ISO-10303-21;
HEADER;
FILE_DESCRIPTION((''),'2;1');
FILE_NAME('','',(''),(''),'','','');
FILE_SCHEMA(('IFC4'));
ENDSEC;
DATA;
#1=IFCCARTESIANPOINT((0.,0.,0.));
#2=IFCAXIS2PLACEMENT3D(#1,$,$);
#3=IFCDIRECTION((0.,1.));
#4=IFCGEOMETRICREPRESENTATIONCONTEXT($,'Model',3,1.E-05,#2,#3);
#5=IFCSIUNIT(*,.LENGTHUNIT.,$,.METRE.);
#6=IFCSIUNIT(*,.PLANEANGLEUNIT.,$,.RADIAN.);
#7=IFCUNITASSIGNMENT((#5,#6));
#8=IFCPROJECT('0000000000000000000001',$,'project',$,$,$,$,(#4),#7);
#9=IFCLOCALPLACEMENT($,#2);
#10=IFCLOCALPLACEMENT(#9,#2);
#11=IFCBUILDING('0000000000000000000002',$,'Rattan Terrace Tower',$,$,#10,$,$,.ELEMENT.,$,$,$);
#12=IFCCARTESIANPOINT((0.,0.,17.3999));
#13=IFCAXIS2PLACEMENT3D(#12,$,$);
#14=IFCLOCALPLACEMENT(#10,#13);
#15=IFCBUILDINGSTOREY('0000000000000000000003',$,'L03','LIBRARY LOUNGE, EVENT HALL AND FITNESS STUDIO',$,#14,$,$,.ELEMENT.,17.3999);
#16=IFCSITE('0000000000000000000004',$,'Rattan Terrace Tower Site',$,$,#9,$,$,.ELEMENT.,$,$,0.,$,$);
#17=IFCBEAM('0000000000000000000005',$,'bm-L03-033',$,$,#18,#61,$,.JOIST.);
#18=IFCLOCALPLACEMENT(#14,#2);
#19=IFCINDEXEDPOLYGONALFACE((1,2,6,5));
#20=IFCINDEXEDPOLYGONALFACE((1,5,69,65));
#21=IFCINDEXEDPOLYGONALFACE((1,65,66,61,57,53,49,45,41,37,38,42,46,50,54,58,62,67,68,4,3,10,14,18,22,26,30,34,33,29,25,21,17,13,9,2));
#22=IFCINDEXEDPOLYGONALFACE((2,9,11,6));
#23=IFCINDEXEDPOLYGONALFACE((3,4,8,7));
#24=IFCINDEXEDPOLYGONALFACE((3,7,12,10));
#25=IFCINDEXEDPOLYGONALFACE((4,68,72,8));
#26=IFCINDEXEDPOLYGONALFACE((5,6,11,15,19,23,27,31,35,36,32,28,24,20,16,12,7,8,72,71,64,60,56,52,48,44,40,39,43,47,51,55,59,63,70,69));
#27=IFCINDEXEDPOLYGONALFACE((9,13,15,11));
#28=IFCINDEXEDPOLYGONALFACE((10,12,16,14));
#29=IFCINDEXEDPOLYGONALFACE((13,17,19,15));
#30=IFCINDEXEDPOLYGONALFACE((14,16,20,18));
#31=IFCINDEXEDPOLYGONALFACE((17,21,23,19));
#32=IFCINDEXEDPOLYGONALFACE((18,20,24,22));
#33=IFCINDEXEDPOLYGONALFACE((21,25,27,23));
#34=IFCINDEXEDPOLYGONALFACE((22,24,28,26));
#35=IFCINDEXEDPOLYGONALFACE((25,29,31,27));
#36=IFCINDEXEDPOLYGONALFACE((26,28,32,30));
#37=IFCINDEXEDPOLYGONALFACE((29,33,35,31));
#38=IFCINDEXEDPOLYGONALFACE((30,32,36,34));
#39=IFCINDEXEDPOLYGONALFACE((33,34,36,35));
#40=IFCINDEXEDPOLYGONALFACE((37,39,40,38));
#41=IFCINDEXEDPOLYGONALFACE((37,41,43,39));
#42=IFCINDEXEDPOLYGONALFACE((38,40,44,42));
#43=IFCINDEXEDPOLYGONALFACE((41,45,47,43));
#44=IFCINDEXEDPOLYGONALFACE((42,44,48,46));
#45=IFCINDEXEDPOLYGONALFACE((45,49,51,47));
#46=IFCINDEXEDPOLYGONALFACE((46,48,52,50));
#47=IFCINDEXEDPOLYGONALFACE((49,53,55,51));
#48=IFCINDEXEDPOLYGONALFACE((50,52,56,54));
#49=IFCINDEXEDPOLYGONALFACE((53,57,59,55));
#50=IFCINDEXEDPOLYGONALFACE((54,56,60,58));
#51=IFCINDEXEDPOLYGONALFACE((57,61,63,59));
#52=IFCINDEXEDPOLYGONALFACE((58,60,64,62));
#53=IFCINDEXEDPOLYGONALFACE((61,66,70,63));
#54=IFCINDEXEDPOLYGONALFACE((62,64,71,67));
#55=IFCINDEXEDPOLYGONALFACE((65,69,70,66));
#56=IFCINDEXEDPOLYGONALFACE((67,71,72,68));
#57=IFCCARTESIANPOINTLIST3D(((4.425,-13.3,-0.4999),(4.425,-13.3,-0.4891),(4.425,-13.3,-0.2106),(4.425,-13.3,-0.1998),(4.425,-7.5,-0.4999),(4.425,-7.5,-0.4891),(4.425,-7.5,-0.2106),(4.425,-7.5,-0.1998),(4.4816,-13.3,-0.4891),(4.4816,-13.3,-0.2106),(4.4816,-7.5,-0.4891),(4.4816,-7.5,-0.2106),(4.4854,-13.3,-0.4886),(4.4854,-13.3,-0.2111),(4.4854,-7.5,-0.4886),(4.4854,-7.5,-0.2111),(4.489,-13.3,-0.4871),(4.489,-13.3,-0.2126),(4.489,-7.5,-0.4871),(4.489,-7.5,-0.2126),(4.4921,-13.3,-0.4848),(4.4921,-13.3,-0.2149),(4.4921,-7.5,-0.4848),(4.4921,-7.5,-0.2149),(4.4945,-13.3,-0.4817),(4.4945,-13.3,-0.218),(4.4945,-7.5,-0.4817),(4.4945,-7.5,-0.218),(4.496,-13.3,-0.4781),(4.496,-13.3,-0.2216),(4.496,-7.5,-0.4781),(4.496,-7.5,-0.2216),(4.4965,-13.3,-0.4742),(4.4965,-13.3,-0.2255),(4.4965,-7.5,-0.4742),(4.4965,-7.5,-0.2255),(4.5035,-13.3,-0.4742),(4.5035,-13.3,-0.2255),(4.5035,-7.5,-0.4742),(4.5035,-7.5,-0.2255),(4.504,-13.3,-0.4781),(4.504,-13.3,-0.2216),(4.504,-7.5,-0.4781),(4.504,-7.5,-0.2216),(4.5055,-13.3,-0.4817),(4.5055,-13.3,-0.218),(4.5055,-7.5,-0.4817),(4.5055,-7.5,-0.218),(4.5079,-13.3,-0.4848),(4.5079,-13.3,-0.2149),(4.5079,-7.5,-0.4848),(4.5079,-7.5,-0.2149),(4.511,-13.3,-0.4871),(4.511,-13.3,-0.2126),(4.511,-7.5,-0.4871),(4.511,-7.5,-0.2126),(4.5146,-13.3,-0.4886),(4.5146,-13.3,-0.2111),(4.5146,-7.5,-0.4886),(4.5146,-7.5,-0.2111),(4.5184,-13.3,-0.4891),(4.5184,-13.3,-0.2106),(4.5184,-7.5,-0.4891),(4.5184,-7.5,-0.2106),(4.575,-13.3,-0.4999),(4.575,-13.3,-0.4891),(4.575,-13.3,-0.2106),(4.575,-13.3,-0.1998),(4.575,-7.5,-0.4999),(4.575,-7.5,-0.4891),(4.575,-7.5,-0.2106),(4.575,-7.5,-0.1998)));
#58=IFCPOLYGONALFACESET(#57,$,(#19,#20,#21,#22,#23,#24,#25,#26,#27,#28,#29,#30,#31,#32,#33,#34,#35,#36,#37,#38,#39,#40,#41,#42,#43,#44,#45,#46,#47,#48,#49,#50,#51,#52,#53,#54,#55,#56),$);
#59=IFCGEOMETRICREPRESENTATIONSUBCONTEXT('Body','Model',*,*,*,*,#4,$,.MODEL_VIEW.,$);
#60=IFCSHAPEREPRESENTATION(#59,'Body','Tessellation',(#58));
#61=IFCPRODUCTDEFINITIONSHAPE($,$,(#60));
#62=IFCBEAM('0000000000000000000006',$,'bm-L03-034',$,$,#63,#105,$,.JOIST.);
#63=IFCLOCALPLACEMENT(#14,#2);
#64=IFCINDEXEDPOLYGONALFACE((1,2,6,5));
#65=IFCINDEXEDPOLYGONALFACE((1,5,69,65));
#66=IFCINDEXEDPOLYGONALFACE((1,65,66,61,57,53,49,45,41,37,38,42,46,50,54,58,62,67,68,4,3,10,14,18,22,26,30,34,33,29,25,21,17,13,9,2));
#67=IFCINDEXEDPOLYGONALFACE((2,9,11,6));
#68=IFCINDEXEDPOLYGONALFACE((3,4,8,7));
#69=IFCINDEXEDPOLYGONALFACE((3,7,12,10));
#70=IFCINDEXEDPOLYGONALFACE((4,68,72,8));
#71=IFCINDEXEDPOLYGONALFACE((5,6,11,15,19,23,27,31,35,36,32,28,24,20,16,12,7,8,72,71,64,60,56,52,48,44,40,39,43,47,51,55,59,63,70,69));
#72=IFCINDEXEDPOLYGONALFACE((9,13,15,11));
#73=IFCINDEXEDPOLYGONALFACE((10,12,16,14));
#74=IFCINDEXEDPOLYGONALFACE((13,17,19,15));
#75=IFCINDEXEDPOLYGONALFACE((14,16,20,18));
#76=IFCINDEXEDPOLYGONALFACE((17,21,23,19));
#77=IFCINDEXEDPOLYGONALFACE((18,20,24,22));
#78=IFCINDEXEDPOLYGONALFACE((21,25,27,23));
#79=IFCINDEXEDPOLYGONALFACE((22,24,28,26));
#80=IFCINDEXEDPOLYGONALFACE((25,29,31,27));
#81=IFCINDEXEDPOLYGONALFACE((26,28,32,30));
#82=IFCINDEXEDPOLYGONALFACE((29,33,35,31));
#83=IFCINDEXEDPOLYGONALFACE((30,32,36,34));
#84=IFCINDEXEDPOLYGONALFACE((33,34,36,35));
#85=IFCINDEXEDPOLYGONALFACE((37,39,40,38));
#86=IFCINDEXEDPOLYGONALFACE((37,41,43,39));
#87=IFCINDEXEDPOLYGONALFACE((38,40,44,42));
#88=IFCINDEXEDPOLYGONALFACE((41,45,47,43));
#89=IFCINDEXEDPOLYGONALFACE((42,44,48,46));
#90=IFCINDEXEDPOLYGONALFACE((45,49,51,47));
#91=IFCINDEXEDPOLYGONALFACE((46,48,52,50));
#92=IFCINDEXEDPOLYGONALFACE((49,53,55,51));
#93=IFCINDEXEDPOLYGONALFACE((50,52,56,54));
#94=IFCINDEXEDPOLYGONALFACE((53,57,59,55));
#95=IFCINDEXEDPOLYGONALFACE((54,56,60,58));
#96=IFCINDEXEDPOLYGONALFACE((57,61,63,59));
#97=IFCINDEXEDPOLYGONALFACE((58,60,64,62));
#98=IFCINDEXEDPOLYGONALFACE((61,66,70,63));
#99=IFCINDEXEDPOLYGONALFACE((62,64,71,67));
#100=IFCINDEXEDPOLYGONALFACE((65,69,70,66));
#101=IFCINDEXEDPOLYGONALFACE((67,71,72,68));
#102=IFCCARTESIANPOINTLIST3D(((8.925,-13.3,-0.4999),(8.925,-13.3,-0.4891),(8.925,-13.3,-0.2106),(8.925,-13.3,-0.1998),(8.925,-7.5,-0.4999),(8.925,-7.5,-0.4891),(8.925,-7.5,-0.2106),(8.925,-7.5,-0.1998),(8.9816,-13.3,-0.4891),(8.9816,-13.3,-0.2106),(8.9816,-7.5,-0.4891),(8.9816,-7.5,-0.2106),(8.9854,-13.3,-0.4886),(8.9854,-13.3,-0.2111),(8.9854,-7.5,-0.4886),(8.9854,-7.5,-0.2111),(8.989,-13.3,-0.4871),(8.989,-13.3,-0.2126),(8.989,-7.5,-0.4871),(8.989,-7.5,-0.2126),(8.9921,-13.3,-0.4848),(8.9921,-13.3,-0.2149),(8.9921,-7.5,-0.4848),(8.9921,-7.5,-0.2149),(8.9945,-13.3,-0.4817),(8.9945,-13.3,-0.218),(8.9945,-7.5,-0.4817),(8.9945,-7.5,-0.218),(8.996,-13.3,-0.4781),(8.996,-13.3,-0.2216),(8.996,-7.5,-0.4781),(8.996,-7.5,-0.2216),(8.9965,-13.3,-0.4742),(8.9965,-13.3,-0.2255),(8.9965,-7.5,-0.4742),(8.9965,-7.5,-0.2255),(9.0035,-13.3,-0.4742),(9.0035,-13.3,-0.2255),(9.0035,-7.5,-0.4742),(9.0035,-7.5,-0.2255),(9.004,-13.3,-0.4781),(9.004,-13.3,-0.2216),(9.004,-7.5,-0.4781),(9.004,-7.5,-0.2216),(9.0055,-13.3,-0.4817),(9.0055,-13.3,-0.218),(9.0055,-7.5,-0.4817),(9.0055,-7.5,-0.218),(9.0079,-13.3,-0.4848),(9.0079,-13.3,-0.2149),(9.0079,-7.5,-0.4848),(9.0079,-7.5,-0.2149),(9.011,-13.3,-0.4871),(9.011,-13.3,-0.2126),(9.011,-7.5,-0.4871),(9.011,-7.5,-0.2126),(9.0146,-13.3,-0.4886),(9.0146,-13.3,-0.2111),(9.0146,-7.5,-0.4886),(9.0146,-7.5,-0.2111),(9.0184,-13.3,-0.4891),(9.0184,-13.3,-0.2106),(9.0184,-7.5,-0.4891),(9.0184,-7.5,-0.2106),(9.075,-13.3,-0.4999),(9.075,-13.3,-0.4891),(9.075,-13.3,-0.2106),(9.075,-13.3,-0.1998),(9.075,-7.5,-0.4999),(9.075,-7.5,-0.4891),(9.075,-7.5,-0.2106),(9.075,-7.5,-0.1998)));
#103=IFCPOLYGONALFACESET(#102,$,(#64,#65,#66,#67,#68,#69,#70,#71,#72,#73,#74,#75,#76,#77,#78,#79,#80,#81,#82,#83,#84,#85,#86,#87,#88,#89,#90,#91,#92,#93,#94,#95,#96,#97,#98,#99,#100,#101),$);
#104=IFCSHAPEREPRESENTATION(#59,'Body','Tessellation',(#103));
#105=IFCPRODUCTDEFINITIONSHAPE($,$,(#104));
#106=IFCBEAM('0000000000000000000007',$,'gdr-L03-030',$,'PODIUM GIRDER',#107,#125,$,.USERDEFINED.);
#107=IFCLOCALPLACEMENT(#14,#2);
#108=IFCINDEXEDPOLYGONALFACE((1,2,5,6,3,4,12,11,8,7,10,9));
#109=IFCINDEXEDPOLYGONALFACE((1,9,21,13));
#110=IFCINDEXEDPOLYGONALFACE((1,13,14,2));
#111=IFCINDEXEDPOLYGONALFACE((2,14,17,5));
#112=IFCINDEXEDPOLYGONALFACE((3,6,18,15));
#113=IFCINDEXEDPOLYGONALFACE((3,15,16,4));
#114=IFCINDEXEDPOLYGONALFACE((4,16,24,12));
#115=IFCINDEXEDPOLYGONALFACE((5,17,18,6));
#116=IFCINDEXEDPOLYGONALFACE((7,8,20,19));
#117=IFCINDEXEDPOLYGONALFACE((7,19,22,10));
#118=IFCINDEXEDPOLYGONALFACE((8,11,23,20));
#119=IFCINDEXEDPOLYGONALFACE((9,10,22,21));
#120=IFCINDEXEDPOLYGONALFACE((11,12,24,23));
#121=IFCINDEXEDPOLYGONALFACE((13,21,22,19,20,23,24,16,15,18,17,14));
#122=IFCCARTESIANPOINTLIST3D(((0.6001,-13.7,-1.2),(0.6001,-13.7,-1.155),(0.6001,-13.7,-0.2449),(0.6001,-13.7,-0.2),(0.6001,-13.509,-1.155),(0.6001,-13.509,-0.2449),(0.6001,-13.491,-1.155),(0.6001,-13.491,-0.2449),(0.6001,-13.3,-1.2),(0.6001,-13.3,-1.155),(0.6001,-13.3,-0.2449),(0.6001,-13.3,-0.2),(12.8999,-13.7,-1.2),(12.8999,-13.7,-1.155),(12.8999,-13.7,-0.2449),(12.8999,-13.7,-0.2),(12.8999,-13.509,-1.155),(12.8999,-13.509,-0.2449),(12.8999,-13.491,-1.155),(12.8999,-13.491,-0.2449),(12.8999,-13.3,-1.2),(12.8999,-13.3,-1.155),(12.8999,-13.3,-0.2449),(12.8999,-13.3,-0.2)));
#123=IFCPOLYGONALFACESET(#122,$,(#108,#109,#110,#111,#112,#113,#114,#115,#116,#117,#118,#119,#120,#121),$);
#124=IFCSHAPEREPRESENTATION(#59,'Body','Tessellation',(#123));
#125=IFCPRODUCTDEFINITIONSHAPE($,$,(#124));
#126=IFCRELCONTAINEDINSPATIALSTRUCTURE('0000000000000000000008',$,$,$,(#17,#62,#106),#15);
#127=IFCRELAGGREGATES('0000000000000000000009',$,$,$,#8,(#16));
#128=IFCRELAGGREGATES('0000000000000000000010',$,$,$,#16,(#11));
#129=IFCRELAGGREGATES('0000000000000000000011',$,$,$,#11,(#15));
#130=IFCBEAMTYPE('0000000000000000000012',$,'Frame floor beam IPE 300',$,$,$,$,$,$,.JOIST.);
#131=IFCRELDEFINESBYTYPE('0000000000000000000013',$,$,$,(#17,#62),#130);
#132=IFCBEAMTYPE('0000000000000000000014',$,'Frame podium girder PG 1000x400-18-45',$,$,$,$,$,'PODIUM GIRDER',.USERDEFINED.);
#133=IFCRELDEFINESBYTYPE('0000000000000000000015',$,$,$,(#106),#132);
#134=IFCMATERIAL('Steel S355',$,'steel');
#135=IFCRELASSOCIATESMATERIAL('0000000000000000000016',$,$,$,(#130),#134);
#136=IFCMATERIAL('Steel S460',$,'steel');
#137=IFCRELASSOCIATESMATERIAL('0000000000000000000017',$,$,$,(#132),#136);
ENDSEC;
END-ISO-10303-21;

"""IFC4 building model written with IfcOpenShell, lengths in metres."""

from ifc_helpers import new_model, si_unit, direction, frame, origin, origin_2d, place, context, subcontext, project, spatial, i_section, extrude, material, material_profile, profile_set, type_object, element, save


model = new_model("IFC4")

# Units and contexts
model_context = context("Model", 3, precision=1e-05, world=origin(), true_north=direction((0.0, 1.0)))
body_context = subcontext(model_context, "Body", "Model", "MODEL_VIEW")
ifc_project = project(units=[si_unit("LENGTHUNIT", "METRE"), si_unit("PLANEANGLEUNIT", "RADIAN")], contexts=[model_context])

# Site, building, storey
site_placement = place(None, origin())
site = spatial("IfcSite", under=ifc_project, at=site_placement, Name="Rattan Terrace Tower Site", CompositionType="ELEMENT", RefElevation=0.0)
building_placement = place(site_placement, origin())
building = spatial("IfcBuilding", under=site, at=building_placement, Name="Rattan Terrace Tower", CompositionType="ELEMENT")
storey_placement = place(building_placement, frame((0.0, 0.0, 17.3999)))
storey = spatial("IfcBuildingStorey", under=building, at=storey_placement, Name="L03", Description="LIBRARY LOUNGE, EVENT HALL AND FITNESS STUDIO", CompositionType="ELEMENT", Elevation=17.3999)

# Beams
ifc_material_1 = material(Name="Steel S355", Category="steel")
ifc_material_profile_1 = material_profile(ifc_material_1, i_section(OverallWidth=0.1499, OverallDepth=0.3, WebThickness=0.0071, FlangeThickness=0.0107, FilletRadius=0.0149, at=origin_2d()), Name="IPE 300")
ifc_profile_set_1 = profile_set([ifc_material_profile_1], Name="Steel S355")
beam_type_1 = type_object("IfcBeamType", Name="Frame floor beam IPE 300", PredefinedType="JOIST", material=ifc_profile_set_1)
for number, where, z_axis, x_axis, name in (
    (1, (4.5, -13.3, -0.3499), (0.0, 1.0, 0.0), (-1.0, 0.0, 0.0), "bm-L03-033"),
    (2, (9.0, -13.3, -0.3499), (0.0, 1.0, 0.0), (-1.0, 0.0, 0.0), "bm-L03-034"),
):
    element("IfcBeam", number, at=place(storey_placement, frame(where, z_axis=z_axis, x_axis=x_axis)), inside=storey, type_object=beam_type_1, Name=name, PredefinedType="JOIST", context=body_context, shape_type="SweptSolid", body=[
        extrude(i_section(OverallWidth=0.1499, OverallDepth=0.3, WebThickness=0.0071, FlangeThickness=0.0107, FilletRadius=0.0149, at=origin_2d()), origin(), (0.0, 0.0, 1.0), 5.8),
    ])
ifc_material_2 = material(Name="Steel S460", Category="steel")
ifc_material_profile_2 = material_profile(ifc_material_2, i_section(OverallWidth=0.3999, OverallDepth=1.0, WebThickness=0.0181, FlangeThickness=0.0449, at=origin_2d()), Name="PG 1000x400-18-45")
ifc_profile_set_2 = profile_set([ifc_material_profile_2], Name="Steel S460")
beam_type_2 = type_object("IfcBeamType", Name="Frame podium girder PG 1000x400-18-45", ElementType="PODIUM GIRDER", PredefinedType="USERDEFINED", material=ifc_profile_set_2)
beam_placement = place(storey_placement, frame((0.6001, -13.5, -0.7), z_axis=(1.0, 0.0, 0.0), x_axis=(0.0, 1.0, 0.0)))
element("IfcBeam", 3, at=beam_placement, inside=storey, type_object=beam_type_2, Name="gdr-L03-030", ObjectType="PODIUM GIRDER", PredefinedType="USERDEFINED", context=body_context, shape_type="SweptSolid", body=[
    extrude(i_section(OverallWidth=0.3999, OverallDepth=1.0, WebThickness=0.0181, FlangeThickness=0.0449, at=origin_2d()), origin(), (0.0, 0.0, 1.0), 12.2998),
])

save(model, "model.ifc")
